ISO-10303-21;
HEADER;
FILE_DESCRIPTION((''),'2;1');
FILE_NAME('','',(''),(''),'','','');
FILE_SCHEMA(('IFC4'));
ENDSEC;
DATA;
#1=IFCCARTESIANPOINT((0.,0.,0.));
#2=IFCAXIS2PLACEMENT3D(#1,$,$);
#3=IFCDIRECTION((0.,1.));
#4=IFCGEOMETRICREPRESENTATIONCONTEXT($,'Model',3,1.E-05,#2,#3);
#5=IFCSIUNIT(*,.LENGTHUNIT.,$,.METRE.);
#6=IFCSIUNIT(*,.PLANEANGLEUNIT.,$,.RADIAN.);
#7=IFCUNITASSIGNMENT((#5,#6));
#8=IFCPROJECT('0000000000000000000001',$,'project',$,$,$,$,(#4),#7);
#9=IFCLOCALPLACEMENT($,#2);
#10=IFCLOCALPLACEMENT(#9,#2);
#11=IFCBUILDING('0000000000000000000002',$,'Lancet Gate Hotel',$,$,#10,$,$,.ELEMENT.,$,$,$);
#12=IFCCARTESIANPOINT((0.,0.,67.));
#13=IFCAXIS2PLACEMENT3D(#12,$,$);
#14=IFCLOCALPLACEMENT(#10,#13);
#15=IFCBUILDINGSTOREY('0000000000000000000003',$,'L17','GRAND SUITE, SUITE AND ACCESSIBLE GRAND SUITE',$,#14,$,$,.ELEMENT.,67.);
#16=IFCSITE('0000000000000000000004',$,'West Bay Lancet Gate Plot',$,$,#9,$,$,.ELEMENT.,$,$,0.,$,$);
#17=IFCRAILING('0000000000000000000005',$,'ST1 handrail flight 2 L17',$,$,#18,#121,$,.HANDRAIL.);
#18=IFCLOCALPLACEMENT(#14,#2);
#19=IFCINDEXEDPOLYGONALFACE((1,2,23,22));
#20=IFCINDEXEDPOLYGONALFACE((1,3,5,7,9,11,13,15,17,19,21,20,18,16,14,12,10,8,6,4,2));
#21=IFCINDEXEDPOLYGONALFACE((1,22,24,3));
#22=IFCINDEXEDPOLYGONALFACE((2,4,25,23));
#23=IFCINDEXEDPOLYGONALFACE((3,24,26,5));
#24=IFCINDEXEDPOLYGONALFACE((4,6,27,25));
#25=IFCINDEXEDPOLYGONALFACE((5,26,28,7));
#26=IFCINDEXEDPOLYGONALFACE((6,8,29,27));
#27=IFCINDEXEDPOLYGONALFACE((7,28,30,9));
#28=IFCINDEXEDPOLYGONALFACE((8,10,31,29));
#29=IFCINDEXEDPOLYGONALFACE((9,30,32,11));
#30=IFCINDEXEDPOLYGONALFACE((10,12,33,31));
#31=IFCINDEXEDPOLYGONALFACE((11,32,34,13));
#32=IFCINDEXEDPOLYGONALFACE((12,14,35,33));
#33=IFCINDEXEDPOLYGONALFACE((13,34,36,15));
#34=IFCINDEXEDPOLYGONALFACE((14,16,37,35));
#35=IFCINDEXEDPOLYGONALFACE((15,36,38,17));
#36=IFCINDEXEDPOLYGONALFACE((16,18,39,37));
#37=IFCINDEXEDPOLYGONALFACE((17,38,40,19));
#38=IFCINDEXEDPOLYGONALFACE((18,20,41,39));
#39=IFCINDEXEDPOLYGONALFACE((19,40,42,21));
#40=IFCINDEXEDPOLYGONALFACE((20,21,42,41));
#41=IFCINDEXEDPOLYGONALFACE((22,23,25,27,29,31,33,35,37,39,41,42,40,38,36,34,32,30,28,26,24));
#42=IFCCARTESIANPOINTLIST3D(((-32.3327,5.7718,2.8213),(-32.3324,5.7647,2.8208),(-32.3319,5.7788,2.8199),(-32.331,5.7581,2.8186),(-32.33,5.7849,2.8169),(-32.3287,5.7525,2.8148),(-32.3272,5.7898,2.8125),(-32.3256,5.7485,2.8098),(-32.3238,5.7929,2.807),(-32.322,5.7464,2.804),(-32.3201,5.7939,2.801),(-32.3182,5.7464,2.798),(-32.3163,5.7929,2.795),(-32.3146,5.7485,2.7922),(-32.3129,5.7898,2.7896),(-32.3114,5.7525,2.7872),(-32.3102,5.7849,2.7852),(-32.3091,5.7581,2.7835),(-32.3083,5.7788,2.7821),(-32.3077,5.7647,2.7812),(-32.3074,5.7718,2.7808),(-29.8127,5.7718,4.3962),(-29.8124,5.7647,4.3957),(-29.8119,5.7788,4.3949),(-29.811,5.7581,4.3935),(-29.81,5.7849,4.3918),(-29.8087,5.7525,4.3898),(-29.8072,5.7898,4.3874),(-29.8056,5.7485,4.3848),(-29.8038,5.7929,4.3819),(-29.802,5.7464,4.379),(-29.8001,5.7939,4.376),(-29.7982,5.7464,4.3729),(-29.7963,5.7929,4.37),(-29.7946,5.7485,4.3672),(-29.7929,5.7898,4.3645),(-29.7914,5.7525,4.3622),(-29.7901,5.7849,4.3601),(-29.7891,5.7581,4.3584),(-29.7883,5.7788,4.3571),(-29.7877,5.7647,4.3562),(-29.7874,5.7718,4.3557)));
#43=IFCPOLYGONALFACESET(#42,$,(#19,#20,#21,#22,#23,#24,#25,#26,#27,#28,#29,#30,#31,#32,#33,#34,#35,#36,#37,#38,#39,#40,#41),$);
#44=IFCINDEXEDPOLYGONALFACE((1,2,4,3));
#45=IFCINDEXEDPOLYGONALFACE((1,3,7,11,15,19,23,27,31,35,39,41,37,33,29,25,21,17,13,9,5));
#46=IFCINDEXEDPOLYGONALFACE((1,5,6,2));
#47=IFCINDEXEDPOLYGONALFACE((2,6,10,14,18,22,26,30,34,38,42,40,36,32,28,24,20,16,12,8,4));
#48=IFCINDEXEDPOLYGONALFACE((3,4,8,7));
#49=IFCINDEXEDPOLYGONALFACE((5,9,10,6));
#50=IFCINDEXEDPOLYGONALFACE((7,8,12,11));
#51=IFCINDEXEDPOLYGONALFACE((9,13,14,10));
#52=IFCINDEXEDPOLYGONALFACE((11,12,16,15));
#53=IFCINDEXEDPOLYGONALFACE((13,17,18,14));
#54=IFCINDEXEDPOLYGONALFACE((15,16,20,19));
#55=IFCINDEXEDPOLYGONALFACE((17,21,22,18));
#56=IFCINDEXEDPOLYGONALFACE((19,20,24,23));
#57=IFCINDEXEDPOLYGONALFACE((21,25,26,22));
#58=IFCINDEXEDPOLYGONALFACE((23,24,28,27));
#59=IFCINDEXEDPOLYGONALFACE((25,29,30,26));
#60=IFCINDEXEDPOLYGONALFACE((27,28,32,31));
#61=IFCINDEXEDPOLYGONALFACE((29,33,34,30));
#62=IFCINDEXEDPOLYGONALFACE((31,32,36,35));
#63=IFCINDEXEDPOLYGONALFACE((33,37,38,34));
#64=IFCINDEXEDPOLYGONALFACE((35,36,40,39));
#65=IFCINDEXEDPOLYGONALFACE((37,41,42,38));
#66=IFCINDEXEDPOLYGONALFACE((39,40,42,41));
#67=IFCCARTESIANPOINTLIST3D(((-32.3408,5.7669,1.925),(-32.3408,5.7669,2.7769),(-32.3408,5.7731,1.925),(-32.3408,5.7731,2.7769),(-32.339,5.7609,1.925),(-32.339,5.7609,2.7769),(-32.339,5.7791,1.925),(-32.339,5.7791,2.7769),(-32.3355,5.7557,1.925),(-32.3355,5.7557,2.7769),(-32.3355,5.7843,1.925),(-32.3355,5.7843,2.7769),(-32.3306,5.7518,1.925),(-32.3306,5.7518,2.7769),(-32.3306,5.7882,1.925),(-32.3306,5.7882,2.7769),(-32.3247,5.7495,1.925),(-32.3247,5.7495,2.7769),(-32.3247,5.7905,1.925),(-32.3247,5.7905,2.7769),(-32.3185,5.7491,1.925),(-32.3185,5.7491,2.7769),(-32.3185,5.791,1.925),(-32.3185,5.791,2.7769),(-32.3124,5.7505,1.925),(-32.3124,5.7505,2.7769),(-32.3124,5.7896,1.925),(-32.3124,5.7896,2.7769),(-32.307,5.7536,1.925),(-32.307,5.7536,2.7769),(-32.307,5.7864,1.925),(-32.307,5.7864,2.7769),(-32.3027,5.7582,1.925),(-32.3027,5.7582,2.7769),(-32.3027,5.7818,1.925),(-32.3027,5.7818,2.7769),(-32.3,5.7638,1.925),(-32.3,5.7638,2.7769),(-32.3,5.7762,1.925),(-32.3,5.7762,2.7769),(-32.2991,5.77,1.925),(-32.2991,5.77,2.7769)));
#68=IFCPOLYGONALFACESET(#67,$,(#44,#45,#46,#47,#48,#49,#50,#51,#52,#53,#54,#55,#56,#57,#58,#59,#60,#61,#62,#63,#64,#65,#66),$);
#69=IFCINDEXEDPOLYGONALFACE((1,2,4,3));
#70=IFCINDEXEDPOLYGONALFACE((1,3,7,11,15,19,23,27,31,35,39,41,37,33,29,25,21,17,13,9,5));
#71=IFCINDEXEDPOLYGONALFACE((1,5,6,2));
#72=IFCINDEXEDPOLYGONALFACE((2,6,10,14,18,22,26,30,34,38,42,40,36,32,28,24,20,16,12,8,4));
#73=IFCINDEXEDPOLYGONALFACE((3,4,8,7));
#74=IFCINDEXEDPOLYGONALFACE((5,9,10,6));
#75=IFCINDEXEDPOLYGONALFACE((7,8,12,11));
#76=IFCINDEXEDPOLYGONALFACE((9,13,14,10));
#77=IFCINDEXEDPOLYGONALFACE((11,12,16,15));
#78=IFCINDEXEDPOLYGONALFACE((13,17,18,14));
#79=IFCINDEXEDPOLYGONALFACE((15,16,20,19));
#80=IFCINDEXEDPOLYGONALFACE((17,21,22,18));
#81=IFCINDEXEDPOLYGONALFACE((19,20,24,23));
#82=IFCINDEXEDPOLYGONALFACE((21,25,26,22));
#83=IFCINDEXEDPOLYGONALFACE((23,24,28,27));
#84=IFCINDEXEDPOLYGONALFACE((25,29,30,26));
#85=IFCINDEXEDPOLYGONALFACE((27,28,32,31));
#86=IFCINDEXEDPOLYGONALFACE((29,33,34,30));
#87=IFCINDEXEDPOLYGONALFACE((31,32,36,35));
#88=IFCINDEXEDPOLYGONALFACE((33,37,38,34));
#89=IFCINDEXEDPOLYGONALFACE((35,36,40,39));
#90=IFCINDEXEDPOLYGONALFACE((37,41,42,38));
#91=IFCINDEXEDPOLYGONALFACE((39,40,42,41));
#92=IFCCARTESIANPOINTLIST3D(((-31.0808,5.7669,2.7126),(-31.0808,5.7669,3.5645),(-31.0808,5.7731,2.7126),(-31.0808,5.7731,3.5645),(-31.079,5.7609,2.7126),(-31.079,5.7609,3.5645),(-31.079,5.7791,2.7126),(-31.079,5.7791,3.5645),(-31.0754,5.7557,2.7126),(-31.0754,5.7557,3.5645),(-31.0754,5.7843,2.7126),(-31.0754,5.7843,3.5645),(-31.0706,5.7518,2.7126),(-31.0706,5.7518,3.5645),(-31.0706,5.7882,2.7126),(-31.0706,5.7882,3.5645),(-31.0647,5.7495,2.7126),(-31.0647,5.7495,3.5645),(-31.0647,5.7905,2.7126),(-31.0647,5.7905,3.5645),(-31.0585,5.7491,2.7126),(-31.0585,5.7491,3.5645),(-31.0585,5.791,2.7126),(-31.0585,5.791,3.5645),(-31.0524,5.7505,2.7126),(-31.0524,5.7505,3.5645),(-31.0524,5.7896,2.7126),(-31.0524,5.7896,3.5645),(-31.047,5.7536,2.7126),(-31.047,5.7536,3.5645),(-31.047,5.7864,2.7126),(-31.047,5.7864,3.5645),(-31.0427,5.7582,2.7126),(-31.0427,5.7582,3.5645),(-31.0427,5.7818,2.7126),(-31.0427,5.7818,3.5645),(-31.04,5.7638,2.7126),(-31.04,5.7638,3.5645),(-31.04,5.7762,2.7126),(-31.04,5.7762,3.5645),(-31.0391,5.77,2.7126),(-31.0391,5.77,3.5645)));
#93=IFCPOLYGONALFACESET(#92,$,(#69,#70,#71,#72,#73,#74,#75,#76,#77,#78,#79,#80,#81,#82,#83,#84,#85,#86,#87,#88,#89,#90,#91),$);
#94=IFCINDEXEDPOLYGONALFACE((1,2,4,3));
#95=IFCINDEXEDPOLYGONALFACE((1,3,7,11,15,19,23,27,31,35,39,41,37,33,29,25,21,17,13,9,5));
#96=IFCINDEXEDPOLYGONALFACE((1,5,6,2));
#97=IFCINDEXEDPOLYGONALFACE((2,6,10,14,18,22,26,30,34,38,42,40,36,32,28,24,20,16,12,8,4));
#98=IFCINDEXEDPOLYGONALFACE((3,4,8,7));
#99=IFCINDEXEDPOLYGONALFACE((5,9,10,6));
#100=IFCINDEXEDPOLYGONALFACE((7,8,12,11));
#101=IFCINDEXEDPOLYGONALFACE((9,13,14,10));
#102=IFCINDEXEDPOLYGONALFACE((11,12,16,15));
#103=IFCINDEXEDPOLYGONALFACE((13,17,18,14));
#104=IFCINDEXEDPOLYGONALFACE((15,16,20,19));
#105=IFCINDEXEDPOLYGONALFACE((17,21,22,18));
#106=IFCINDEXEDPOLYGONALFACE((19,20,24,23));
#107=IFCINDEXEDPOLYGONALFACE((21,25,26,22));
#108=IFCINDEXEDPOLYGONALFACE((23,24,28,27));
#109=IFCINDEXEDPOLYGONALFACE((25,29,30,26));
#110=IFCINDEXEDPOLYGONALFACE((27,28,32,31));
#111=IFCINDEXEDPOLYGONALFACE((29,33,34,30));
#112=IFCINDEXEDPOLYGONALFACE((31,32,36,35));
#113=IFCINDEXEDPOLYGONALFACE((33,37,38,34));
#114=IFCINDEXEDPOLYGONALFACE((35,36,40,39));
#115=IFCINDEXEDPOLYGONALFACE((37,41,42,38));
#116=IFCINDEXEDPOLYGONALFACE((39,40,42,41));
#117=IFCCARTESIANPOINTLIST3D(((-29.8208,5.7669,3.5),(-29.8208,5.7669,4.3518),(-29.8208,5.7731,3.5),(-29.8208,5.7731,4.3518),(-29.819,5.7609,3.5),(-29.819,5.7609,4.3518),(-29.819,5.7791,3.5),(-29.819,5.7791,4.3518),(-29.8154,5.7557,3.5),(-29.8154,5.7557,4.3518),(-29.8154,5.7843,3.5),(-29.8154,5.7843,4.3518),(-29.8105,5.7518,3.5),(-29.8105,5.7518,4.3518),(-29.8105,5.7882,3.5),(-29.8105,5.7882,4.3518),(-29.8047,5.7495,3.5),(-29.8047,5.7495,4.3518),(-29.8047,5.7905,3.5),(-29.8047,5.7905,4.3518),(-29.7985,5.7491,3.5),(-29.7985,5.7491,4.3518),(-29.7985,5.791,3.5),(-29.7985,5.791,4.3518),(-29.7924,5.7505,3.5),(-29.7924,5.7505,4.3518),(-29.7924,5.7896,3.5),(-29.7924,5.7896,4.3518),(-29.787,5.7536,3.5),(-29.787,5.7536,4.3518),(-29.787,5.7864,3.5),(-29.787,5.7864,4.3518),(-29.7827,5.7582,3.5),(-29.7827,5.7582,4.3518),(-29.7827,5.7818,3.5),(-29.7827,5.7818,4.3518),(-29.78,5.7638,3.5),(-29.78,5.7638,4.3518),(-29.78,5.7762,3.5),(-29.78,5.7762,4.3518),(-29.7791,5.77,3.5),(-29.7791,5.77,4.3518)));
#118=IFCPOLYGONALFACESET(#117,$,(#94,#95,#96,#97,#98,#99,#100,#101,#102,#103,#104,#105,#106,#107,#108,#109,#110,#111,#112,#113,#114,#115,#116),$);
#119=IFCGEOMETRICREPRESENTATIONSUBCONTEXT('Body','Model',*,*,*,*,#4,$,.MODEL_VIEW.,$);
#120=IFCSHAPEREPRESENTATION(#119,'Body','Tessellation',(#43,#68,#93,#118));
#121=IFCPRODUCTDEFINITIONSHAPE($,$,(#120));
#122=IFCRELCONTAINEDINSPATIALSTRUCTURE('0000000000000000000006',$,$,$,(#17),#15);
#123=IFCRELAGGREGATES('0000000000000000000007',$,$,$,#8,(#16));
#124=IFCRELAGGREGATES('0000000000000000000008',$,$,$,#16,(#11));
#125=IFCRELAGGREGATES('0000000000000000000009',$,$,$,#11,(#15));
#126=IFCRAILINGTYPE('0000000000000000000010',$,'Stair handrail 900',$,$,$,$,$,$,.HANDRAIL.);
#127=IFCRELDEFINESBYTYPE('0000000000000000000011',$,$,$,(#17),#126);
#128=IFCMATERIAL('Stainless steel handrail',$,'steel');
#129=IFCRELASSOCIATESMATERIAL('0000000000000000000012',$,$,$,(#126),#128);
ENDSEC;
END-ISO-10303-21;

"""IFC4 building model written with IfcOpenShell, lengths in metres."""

from ifc_helpers import new_model, si_unit, direction, frame, origin, origin_2d, place, context, subcontext, project, spatial, circle, extrude, material, type_object, element, save


model = new_model("IFC4")

# Units and contexts
model_context = context("Model", 3, precision=1e-05, world=origin(), true_north=direction((0.0, 1.0)))
body_context = subcontext(model_context, "Body", "Model", "MODEL_VIEW")
ifc_project = project(units=[si_unit("LENGTHUNIT", "METRE"), si_unit("PLANEANGLEUNIT", "RADIAN")], contexts=[model_context])

# Site, building, storey
site_placement = place(None, origin())
site = spatial("IfcSite", under=ifc_project, at=site_placement, Name="West Bay Lancet Gate Plot", CompositionType="ELEMENT", RefElevation=0.0)
building_placement = place(site_placement, origin())
building = spatial("IfcBuilding", under=site, at=building_placement, Name="Lancet Gate Hotel", CompositionType="ELEMENT")
storey_placement = place(building_placement, frame((0.0, 0.0, 67.0)))
storey = spatial("IfcBuildingStorey", under=building, at=storey_placement, Name="L17", Description="GRAND SUITE, SUITE AND ACCESSIBLE GRAND SUITE", CompositionType="ELEMENT", Elevation=67.0)

# Railing
ifc_material_1 = material(Name="Stainless steel handrail", Category="steel")
railing_type = type_object("IfcRailingType", Name="Stair handrail 900", PredefinedType="HANDRAIL", material=ifc_material_1)
railing_1_placement = place(storey_placement, frame((-32.3201, 5.77, 1.925)))
element("IfcRailing", 1, at=railing_1_placement, inside=storey, type_object=railing_type, Name="ST1 handrail flight 2 L17", PredefinedType="HANDRAIL", context=body_context, shape_type="SweptSolid", body=[
    extrude(circle(Radius=0.0239, at=origin_2d()), frame((0.0, 0.0, 0.876), z_axis=(0.848008, 0.0, 0.529984), x_axis=(0.0, 1.0, 0.0)), (0.0, 0.0, 1.0), 2.9717),
    extrude(circle(Radius=0.021, at=origin_2d()), origin(), (0.0, 0.0, 1.0), 0.8518),
    extrude(circle(Radius=0.021, at=origin_2d()), frame((1.26, 0.0, 0.7876)), (0.0, 0.0, 1.0), 0.8518),
    extrude(circle(Radius=0.021, at=origin_2d()), frame((2.52, 0.0, 1.575)), (0.0, 0.0, 1.0), 0.8518),
])

save(model, "model.ifc")
